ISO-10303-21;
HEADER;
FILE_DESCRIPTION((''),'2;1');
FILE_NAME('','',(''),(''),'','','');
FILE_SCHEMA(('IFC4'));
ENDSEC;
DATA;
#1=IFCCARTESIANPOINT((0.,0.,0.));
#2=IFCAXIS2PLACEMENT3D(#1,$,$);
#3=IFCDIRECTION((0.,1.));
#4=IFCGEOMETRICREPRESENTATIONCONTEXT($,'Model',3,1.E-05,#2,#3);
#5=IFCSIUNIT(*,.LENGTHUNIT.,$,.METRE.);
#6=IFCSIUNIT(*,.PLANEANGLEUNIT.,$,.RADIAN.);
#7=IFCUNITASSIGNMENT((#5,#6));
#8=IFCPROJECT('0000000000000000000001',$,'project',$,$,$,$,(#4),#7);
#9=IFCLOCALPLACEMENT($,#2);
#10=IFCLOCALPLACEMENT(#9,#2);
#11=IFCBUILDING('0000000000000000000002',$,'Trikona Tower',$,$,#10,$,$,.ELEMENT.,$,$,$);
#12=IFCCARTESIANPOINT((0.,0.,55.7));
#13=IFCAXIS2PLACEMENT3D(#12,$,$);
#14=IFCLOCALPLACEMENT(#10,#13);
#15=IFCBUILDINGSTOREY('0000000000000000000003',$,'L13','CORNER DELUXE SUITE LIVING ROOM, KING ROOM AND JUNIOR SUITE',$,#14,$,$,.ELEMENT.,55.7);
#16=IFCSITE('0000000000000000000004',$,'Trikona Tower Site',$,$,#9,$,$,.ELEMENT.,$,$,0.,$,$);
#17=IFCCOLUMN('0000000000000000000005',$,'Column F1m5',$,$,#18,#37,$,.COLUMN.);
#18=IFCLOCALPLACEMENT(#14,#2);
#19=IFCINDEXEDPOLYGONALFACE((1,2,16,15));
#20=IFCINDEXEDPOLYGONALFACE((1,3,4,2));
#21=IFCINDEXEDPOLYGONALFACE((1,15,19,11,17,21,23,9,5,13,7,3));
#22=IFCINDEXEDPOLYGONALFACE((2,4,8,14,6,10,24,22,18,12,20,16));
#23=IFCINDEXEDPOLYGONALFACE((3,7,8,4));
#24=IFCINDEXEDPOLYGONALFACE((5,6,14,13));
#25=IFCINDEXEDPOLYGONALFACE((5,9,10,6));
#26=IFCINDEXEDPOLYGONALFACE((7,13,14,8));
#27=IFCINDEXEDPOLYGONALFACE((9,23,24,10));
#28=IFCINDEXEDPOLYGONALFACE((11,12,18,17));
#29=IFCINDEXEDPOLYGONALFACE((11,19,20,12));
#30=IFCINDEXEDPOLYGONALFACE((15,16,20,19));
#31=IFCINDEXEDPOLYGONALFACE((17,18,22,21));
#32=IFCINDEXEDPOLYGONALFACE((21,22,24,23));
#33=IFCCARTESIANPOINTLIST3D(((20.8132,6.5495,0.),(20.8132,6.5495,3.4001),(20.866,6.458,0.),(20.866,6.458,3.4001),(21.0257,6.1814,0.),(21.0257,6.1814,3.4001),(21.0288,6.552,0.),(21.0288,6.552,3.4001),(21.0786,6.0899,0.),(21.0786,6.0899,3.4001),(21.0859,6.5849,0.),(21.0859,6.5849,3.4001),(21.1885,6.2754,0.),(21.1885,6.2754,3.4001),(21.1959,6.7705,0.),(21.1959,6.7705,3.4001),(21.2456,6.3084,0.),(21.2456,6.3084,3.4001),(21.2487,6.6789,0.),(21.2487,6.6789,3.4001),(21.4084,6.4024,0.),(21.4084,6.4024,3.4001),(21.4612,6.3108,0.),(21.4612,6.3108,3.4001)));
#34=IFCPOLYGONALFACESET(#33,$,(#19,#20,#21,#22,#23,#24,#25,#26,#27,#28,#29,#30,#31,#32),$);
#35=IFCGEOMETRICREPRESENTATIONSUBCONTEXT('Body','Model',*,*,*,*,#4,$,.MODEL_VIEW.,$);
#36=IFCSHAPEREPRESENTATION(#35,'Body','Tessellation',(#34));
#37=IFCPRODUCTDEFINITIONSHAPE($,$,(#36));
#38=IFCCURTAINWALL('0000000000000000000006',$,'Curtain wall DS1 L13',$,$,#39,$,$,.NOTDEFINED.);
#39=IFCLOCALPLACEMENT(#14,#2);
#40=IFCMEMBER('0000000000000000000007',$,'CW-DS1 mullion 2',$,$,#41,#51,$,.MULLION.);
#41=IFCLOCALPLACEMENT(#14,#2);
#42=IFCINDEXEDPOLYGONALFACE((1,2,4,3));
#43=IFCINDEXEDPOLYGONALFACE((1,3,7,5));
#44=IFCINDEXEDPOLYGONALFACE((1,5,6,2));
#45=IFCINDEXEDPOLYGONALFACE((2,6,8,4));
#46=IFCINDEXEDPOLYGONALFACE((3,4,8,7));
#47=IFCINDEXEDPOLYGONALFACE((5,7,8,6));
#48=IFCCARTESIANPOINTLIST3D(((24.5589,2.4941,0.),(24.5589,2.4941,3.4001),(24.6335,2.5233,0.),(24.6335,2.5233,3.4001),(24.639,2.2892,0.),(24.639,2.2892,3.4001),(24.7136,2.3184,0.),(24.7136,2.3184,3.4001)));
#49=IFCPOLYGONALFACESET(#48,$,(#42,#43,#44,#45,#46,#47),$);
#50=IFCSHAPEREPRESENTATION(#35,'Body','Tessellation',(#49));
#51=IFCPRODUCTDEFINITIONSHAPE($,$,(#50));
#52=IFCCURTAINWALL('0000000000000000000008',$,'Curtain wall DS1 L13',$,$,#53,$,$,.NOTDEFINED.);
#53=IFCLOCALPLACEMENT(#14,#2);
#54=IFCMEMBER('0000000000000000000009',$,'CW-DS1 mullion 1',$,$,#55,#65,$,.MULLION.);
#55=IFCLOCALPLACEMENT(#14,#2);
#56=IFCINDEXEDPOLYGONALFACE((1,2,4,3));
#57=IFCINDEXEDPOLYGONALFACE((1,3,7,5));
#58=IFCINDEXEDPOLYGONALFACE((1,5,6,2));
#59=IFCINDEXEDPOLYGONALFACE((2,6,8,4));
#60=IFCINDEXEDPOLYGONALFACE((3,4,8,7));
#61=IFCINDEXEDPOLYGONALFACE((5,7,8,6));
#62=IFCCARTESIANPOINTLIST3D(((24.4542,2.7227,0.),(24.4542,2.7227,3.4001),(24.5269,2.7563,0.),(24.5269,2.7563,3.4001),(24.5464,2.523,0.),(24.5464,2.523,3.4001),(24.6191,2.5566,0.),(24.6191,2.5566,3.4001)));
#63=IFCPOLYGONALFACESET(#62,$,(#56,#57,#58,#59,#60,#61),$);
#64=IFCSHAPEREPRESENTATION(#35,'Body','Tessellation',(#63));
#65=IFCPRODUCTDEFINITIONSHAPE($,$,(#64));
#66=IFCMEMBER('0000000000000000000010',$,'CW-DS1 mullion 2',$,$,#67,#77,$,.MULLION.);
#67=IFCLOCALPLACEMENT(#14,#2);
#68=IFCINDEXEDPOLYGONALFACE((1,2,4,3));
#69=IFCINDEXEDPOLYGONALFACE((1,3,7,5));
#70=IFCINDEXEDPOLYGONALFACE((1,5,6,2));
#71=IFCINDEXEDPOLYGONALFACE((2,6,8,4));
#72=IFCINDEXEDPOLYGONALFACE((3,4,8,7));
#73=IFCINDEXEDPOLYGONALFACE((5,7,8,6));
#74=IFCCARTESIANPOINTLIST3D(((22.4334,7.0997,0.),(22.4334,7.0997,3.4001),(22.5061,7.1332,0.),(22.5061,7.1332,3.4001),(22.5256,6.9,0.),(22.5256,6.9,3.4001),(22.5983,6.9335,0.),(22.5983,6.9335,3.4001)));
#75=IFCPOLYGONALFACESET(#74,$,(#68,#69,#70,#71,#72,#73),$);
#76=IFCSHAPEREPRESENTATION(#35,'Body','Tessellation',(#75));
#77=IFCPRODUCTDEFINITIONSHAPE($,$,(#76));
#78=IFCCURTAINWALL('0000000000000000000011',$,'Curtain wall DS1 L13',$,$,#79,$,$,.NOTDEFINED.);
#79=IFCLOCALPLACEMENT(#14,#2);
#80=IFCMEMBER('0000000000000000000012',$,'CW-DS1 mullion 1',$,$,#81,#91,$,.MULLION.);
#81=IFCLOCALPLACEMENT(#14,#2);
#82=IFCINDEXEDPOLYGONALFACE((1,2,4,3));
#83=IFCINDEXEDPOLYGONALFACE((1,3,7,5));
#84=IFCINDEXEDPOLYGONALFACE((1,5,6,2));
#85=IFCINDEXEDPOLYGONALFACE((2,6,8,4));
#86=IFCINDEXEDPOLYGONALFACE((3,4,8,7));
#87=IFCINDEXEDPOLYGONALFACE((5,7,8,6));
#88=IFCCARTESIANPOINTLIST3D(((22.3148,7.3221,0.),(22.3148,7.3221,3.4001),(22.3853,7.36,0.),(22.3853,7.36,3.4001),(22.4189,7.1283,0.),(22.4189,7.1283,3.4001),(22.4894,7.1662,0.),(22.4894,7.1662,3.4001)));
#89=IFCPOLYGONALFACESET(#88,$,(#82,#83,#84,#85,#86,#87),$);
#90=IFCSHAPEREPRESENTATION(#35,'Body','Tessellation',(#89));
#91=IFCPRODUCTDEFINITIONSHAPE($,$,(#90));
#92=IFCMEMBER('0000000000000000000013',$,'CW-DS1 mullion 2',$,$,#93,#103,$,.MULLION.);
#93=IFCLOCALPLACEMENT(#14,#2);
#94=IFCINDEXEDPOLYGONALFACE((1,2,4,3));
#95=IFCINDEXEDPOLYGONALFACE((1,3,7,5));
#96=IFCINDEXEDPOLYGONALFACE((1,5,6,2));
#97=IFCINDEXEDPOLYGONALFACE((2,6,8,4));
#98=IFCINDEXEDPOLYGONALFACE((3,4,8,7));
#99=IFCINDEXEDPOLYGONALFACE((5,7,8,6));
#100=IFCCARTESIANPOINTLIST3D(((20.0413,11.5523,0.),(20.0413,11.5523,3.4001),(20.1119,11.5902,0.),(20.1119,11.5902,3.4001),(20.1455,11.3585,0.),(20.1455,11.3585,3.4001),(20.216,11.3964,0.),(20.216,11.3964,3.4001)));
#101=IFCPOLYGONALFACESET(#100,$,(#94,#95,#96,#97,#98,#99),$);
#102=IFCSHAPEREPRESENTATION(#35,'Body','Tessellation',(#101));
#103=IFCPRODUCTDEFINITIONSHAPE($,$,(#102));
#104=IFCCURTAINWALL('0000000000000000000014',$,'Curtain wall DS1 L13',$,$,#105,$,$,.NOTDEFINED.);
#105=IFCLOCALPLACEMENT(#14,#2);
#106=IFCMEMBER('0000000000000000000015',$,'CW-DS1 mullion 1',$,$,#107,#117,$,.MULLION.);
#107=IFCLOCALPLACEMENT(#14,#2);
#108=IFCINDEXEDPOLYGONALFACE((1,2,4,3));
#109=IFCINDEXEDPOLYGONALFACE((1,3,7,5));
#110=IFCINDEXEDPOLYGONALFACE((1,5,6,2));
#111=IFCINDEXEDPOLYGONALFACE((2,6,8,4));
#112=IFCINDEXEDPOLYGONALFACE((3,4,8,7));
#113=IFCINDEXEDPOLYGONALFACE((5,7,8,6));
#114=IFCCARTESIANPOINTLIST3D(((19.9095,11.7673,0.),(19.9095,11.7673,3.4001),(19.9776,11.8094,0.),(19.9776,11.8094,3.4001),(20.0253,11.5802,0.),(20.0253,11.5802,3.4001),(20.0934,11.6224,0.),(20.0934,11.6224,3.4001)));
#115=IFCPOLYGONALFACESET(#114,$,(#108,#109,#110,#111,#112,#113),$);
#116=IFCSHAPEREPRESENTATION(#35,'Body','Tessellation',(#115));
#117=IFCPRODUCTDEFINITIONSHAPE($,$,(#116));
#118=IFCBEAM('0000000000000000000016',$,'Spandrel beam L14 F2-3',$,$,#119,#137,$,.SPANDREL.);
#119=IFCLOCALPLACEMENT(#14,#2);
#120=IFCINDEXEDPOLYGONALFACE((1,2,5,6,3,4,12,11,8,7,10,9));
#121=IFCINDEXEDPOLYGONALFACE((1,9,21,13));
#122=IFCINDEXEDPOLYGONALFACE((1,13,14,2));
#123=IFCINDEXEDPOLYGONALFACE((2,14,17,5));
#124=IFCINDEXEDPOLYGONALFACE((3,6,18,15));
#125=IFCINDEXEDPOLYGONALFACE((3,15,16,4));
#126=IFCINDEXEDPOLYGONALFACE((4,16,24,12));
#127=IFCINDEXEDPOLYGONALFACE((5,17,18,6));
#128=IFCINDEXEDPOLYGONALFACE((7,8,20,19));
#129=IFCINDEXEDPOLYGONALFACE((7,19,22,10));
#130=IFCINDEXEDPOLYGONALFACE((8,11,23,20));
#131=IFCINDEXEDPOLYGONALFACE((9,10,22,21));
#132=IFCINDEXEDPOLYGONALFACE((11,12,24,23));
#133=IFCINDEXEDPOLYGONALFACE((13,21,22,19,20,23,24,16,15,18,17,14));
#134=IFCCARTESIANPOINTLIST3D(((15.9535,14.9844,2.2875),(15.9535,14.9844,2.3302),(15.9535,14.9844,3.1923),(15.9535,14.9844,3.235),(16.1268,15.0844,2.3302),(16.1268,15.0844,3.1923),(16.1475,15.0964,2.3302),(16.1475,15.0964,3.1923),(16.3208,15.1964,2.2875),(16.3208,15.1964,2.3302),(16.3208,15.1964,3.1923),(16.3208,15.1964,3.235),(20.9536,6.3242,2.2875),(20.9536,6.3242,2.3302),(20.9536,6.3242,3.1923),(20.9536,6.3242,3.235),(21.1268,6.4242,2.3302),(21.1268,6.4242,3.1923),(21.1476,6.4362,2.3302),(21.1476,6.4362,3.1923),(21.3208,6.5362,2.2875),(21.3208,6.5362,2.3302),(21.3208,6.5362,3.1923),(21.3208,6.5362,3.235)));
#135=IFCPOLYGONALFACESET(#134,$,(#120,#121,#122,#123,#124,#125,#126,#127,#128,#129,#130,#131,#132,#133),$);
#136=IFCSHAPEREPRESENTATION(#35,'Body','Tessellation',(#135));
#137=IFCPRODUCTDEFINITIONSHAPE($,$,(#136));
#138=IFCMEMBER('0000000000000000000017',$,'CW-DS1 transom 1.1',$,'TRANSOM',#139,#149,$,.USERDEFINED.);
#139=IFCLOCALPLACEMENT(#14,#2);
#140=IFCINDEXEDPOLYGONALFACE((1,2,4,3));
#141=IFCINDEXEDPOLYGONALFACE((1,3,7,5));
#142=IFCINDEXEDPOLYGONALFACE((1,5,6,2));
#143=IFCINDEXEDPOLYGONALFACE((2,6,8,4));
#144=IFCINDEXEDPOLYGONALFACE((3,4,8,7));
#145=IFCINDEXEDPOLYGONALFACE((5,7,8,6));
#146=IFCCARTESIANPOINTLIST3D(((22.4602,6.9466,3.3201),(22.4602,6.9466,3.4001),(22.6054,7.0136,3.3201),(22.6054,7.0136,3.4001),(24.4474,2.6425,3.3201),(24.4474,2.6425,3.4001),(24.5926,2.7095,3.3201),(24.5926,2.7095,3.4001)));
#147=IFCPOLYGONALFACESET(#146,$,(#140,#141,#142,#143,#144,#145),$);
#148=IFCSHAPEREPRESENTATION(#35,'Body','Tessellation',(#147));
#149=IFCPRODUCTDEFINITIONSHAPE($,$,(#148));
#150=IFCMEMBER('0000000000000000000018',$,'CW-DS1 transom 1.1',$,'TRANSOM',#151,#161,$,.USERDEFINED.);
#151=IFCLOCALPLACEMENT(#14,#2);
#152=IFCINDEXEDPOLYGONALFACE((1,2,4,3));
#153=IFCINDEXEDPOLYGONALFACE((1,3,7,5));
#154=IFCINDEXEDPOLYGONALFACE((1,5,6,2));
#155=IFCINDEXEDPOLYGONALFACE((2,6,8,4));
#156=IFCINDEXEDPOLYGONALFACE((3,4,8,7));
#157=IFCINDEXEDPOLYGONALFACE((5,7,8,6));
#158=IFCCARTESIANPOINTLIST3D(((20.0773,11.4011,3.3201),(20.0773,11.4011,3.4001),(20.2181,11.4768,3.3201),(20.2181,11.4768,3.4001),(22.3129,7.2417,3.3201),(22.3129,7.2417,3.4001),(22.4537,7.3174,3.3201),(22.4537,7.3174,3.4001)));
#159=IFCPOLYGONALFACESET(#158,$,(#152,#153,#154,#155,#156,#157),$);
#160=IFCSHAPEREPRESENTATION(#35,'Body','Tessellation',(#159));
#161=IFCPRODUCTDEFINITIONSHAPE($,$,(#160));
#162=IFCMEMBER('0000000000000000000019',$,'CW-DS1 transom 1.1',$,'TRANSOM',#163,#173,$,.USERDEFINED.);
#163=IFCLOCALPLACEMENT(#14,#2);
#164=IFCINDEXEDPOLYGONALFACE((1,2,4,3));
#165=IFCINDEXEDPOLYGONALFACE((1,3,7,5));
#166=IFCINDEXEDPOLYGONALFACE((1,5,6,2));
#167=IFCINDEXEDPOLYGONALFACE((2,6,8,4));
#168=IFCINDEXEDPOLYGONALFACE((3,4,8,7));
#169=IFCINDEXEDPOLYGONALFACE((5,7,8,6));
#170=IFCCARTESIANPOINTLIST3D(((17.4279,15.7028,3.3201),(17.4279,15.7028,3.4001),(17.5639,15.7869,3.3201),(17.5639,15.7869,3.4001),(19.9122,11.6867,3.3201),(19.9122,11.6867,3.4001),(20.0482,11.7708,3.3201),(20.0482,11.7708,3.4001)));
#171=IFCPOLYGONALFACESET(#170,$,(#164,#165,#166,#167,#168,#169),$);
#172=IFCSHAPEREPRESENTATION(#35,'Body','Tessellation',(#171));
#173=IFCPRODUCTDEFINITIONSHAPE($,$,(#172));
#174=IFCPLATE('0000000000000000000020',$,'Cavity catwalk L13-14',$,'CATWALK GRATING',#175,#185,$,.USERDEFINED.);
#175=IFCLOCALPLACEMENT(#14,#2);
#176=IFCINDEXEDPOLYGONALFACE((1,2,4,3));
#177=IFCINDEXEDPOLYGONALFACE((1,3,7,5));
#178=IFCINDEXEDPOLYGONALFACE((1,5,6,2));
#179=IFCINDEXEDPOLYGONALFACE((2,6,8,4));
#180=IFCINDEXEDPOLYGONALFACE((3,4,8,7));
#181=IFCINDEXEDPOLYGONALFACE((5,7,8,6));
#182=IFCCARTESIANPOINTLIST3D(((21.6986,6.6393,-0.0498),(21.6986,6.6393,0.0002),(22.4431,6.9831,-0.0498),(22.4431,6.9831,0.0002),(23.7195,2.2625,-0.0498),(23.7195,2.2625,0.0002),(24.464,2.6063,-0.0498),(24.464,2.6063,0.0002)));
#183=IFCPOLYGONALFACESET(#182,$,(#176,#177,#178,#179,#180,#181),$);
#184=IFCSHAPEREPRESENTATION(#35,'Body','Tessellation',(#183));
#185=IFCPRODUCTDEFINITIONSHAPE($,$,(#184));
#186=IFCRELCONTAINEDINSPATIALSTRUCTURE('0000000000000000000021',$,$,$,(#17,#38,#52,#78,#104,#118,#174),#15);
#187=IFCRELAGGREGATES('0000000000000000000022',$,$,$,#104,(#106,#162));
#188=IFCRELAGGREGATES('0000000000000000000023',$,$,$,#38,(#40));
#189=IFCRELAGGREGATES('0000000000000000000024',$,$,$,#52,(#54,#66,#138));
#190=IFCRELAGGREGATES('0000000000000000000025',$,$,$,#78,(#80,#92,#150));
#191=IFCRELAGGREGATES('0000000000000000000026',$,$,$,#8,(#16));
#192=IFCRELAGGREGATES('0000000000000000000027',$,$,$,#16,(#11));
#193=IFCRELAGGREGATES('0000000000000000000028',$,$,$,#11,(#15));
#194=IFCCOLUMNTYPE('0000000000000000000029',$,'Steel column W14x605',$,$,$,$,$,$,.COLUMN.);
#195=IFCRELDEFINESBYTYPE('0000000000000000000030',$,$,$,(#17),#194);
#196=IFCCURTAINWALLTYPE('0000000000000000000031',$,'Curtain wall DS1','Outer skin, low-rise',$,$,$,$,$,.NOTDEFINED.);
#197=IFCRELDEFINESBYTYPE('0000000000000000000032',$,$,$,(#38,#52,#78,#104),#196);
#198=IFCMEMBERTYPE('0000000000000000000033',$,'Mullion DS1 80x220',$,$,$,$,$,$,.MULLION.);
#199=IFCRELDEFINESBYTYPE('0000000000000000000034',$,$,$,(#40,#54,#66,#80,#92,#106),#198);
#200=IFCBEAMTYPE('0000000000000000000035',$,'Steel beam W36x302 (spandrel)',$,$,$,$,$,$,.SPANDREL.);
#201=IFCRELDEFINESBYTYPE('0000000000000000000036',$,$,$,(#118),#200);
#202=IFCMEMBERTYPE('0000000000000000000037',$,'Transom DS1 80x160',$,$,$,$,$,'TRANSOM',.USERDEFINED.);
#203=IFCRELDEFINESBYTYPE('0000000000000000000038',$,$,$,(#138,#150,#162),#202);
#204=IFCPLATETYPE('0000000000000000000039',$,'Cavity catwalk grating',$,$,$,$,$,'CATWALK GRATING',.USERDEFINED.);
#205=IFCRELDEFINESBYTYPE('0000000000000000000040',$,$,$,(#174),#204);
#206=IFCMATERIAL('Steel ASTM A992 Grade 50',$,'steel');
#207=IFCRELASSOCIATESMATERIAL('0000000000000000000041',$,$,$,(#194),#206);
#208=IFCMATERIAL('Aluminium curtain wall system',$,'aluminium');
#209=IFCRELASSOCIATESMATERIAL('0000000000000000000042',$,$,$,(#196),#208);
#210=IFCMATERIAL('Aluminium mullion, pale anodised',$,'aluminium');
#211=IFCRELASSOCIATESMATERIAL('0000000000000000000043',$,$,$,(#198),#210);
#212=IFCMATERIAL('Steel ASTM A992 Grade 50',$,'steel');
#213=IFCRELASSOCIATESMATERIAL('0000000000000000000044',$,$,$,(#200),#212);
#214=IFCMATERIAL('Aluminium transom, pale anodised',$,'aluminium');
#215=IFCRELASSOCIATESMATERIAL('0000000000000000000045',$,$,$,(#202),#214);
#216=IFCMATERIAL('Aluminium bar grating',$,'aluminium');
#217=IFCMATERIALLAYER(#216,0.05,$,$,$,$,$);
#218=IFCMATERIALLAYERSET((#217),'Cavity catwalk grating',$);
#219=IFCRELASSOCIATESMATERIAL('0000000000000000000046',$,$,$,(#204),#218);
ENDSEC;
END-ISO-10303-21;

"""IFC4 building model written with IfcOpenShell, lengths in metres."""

from ifc_helpers import new_model, si_unit, direction, frame, origin, origin_2d, place, context, subcontext, project, spatial, rectangle, i_section, extrude, material, layer, layer_set, material_profile, profile_set, type_object, element, aggregate, save


model = new_model("IFC4")

# Units and contexts
model_context = context("Model", 3, precision=1e-05, world=origin(), true_north=direction((0.0, 1.0)))
body_context = subcontext(model_context, "Body", "Model", "MODEL_VIEW")
ifc_project = project(units=[si_unit("LENGTHUNIT", "METRE"), si_unit("PLANEANGLEUNIT", "RADIAN")], contexts=[model_context])

# Site, building, storey
site_placement = place(None, origin())
site = spatial("IfcSite", under=ifc_project, at=site_placement, Name="Trikona Tower Site", CompositionType="ELEMENT", RefElevation=0.0)
building_placement = place(site_placement, origin())
building = spatial("IfcBuilding", under=site, at=building_placement, Name="Trikona Tower", CompositionType="ELEMENT")
storey_placement = place(building_placement, frame((0.0, 0.0, 55.7)))
storey = spatial("IfcBuildingStorey", under=building, at=storey_placement, Name="L13", Description="CORNER DELUXE SUITE LIVING ROOM, KING ROOM AND JUNIOR SUITE", CompositionType="ELEMENT", Elevation=55.7)

# Column
ifc_material_1 = material(Name="Steel ASTM A992 Grade 50", Category="steel")
ifc_material_profile_1 = material_profile(ifc_material_1, i_section(OverallWidth=0.4419, OverallDepth=0.5308, WebThickness=0.0659, FlangeThickness=0.1057, at=origin_2d()), Name="W14X605")
ifc_profile_set_1 = profile_set([ifc_material_profile_1], Name="Steel ASTM A992 Grade 50")
column_type = type_object("IfcColumnType", Name="Steel column W14x605", PredefinedType="COLUMN", material=ifc_profile_set_1)
column_placement = place(storey_placement, frame((21.1372, 6.4302, 0.0), z_axis=(0.0, 0.0, 1.0), x_axis=(0.866025, 0.5, 0.0)))
element("IfcColumn", 1, at=column_placement, inside=storey, type_object=column_type, Name="Column F1m5", PredefinedType="COLUMN", context=body_context, shape_type="SweptSolid", body=[
    extrude(i_section(OverallWidth=0.4419, OverallDepth=0.5308, WebThickness=0.0659, FlangeThickness=0.1057, at=origin_2d()), origin(), (0.0, 0.0, 1.0), 3.4001),
])

# Curtain wall, member
ifc_material_2 = material(Name="Aluminium curtain wall system", Category="aluminium")
curtain_wall_type = type_object("IfcCurtainWallType", Name="Curtain wall DS1", Description="Outer skin, low-rise", PredefinedType="NOTDEFINED", material=ifc_material_2)
curtain_wall_1_placement = place(storey_placement, origin())
curtain_wall_1 = element("IfcCurtainWall", 2, at=curtain_wall_1_placement, inside=storey, type_object=curtain_wall_type, Name="Curtain wall DS1 L13", PredefinedType="NOTDEFINED")
ifc_material_3 = material(Name="Aluminium mullion, pale anodised", Category="aluminium")
ifc_material_profile_2 = material_profile(ifc_material_3, rectangle(XDim=0.0801, YDim=0.22, at=origin_2d()), Name="MUL-DS1")
ifc_profile_set_2 = profile_set([ifc_material_profile_2], Name="Aluminium mullion, pale anodised")
member_type_1 = type_object("IfcMemberType", Name="Mullion DS1 80x220", PredefinedType="MULLION", material=ifc_profile_set_2)
member_1_placement = place(storey_placement, frame((24.6362, 2.4062, 0.0), z_axis=(0.0, 0.0, 1.0), x_axis=(-0.931396, -0.364008, 0.0)))
member_1 = element("IfcMember", 3, at=member_1_placement, type_object=member_type_1, Name="CW-DS1 mullion 2", PredefinedType="MULLION", context=body_context, shape_type="SweptSolid", body=[
    extrude(rectangle(XDim=0.0801, YDim=0.22, at=origin_2d()), origin(), (0.0, 0.0, 1.0), 3.4001),
])

# Curtain walls, members
curtain_wall_2_placement = place(storey_placement, origin())
curtain_wall_2 = element("IfcCurtainWall", 4, at=curtain_wall_2_placement, inside=storey, type_object=curtain_wall_type, Name="Curtain wall DS1 L13", PredefinedType="NOTDEFINED")
member_2_placement = place(storey_placement, frame((24.5366, 2.6396, 0.0), z_axis=(0.0, 0.0, 1.0), x_axis=(-0.907898, -0.41919, 0.0)))
member_2 = element("IfcMember", 5, at=member_2_placement, type_object=member_type_1, Name="CW-DS1 mullion 1", PredefinedType="MULLION", context=body_context, shape_type="SweptSolid", body=[
    extrude(rectangle(XDim=0.0801, YDim=0.22, at=origin_2d()), origin(), (0.0, 0.0, 1.0), 3.4001),
])
member_3_placement = place(storey_placement, frame((22.5159, 7.0166, 0.0), z_axis=(0.0, 0.0, 1.0), x_axis=(-0.907898, -0.41919, 0.0)))
member_3 = element("IfcMember", 6, at=member_3_placement, type_object=member_type_1, Name="CW-DS1 mullion 2", PredefinedType="MULLION", context=body_context, shape_type="SweptSolid", body=[
    extrude(rectangle(XDim=0.0801, YDim=0.22, at=origin_2d()), origin(), (0.0, 0.0, 1.0), 3.4001),
])
curtain_wall_3_placement = place(storey_placement, origin())
curtain_wall_3 = element("IfcCurtainWall", 7, at=curtain_wall_3_placement, inside=storey, type_object=curtain_wall_type, Name="Curtain wall DS1 L13", PredefinedType="NOTDEFINED")
member_4_placement = place(storey_placement, frame((22.4021, 7.2441, 0.0), z_axis=(0.0, 0.0, 1.0), x_axis=(-0.880843, -0.473408, 0.0)))
member_4 = element("IfcMember", 8, at=member_4_placement, type_object=member_type_1, Name="CW-DS1 mullion 1", PredefinedType="MULLION", context=body_context, shape_type="SweptSolid", body=[
    extrude(rectangle(XDim=0.0801, YDim=0.22, at=origin_2d()), origin(), (0.0, 0.0, 1.0), 3.4001),
])
member_5_placement = place(storey_placement, frame((20.1287, 11.4744, 0.0), z_axis=(0.0, 0.0, 1.0), x_axis=(-0.880843, -0.473408, 0.0)))
member_5 = element("IfcMember", 9, at=member_5_placement, type_object=member_type_1, Name="CW-DS1 mullion 2", PredefinedType="MULLION", context=body_context, shape_type="SweptSolid", body=[
    extrude(rectangle(XDim=0.0801, YDim=0.22, at=origin_2d()), origin(), (0.0, 0.0, 1.0), 3.4001),
])

# Curtain wall, member
curtain_wall_4_placement = place(storey_placement, origin())
curtain_wall_4 = element("IfcCurtainWall", 10, at=curtain_wall_4_placement, inside=storey, type_object=curtain_wall_type, Name="Curtain wall DS1 L13", PredefinedType="NOTDEFINED")
member_6_placement = place(storey_placement, frame((20.0015, 11.6948, 0.0), z_axis=(0.0, 0.0, 1.0), x_axis=(-0.85041, -0.52612, 0.0)))
member_6 = element("IfcMember", 11, at=member_6_placement, type_object=member_type_1, Name="CW-DS1 mullion 1", PredefinedType="MULLION", context=body_context, shape_type="SweptSolid", body=[
    extrude(rectangle(XDim=0.0801, YDim=0.22, at=origin_2d()), origin(), (0.0, 0.0, 1.0), 3.4001),
])

# Beam
ifc_material_4 = material(Name="Steel ASTM A992 Grade 50", Category="steel")
ifc_material_profile_3 = material_profile(ifc_material_4, i_section(OverallWidth=0.4241, OverallDepth=0.9475, WebThickness=0.0239, FlangeThickness=0.0427, at=origin_2d()), Name="W36X302")
ifc_profile_set_3 = profile_set([ifc_material_profile_3], Name="Steel ASTM A992 Grade 50")
beam_type = type_object("IfcBeamType", Name="Steel beam W36x302 (spandrel)", PredefinedType="SPANDREL", material=ifc_profile_set_3)
beam_placement = place(storey_placement, frame((21.1372, 6.4302, 2.7612), z_axis=(-0.500004, 0.866023, 0.0), x_axis=(-0.866023, -0.500004, 0.0)))
element("IfcBeam", 12, at=beam_placement, inside=storey, type_object=beam_type, Name="Spandrel beam L14 F2-3", PredefinedType="SPANDREL", context=body_context, shape_type="SweptSolid", body=[
    extrude(i_section(OverallWidth=0.4241, OverallDepth=0.9475, WebThickness=0.0239, FlangeThickness=0.0427, at=origin_2d()), origin(), (0.0, 0.0, 1.0), 10.0),
])

# Members
ifc_material_5 = material(Name="Aluminium transom, pale anodised", Category="aluminium")
ifc_material_profile_4 = material_profile(ifc_material_5, rectangle(XDim=0.1599, YDim=0.0801, at=origin_2d()), Name="TRN-DS1")
ifc_profile_set_4 = profile_set([ifc_material_profile_4], Name="Aluminium transom, pale anodised")
member_type_2 = type_object("IfcMemberType", Name="Transom DS1 80x160", ElementType="TRANSOM", PredefinedType="USERDEFINED", material=ifc_profile_set_4)
member_7_placement = place(storey_placement, frame((24.52, 2.676, 3.3601), z_axis=(-0.419189, 0.907899, 0.0), x_axis=(-0.907899, -0.419189, 0.0)))
member_7 = element("IfcMember", 13, at=member_7_placement, type_object=member_type_2, Name="CW-DS1 transom 1.1", ObjectType="TRANSOM", PredefinedType="USERDEFINED", context=body_context, shape_type="SweptSolid", body=[
    extrude(rectangle(XDim=0.1599, YDim=0.0801, at=origin_2d()), origin(), (0.0, 0.0, 1.0), 4.7407),
])
member_8_placement = place(storey_placement, frame((22.3833, 7.2795, 3.3601), z_axis=(-0.473428, 0.880833, 0.0), x_axis=(-0.880833, -0.473428, 0.0)))
member_8 = element("IfcMember", 14, at=member_8_placement, type_object=member_type_2, Name="CW-DS1 transom 1.1", ObjectType="TRANSOM", PredefinedType="USERDEFINED", context=body_context, shape_type="SweptSolid", body=[
    extrude(rectangle(XDim=0.1599, YDim=0.0801, at=origin_2d()), origin(), (0.0, 0.0, 1.0), 4.7222),
])
member_9_placement = place(storey_placement, frame((19.9802, 11.7288, 3.3601), z_axis=(-0.526081, 0.850435, 0.0), x_axis=(-0.850435, -0.526081, 0.0)))
member_9 = element("IfcMember", 15, at=member_9_placement, type_object=member_type_2, Name="CW-DS1 transom 1.1", ObjectType="TRANSOM", PredefinedType="USERDEFINED", context=body_context, shape_type="SweptSolid", body=[
    extrude(rectangle(XDim=0.1599, YDim=0.0801, at=origin_2d()), origin(), (0.0, 0.0, 1.0), 4.7224),
])
aggregate(curtain_wall_4, [member_6, member_9])

# Plate
ifc_material_6 = material(Name="Aluminium bar grating", Category="aluminium")
ifc_layer_1 = layer(ifc_material_6, 0.05)
ifc_layer_set_1 = layer_set([ifc_layer_1], Name="Cavity catwalk grating")
plate_type_1 = type_object("IfcPlateType", Name="Cavity catwalk grating", ElementType="CATWALK GRATING", PredefinedType="USERDEFINED", material=ifc_layer_set_1)
plate_1_placement = place(storey_placement, frame((23.0813, 4.6228, -0.0498), z_axis=(0.0, 0.0, 1.0), x_axis=(-0.419194, 0.907897, 0.0)))
element("IfcPlate", 16, at=plate_1_placement, inside=storey, type_object=plate_type_1, Name="Cavity catwalk L13-14", ObjectType="CATWALK GRATING", PredefinedType="USERDEFINED", context=body_context, shape_type="SweptSolid", body=[
    extrude(rectangle(XDim=4.8208, YDim=0.8201, at=origin_2d()), origin(), (0.0, 0.0, 1.0), 0.05),
])

aggregate(curtain_wall_1, [member_1])
aggregate(curtain_wall_2, [member_2, member_3, member_7])
aggregate(curtain_wall_3, [member_4, member_5, member_8])

save(model, "model.ifc")
